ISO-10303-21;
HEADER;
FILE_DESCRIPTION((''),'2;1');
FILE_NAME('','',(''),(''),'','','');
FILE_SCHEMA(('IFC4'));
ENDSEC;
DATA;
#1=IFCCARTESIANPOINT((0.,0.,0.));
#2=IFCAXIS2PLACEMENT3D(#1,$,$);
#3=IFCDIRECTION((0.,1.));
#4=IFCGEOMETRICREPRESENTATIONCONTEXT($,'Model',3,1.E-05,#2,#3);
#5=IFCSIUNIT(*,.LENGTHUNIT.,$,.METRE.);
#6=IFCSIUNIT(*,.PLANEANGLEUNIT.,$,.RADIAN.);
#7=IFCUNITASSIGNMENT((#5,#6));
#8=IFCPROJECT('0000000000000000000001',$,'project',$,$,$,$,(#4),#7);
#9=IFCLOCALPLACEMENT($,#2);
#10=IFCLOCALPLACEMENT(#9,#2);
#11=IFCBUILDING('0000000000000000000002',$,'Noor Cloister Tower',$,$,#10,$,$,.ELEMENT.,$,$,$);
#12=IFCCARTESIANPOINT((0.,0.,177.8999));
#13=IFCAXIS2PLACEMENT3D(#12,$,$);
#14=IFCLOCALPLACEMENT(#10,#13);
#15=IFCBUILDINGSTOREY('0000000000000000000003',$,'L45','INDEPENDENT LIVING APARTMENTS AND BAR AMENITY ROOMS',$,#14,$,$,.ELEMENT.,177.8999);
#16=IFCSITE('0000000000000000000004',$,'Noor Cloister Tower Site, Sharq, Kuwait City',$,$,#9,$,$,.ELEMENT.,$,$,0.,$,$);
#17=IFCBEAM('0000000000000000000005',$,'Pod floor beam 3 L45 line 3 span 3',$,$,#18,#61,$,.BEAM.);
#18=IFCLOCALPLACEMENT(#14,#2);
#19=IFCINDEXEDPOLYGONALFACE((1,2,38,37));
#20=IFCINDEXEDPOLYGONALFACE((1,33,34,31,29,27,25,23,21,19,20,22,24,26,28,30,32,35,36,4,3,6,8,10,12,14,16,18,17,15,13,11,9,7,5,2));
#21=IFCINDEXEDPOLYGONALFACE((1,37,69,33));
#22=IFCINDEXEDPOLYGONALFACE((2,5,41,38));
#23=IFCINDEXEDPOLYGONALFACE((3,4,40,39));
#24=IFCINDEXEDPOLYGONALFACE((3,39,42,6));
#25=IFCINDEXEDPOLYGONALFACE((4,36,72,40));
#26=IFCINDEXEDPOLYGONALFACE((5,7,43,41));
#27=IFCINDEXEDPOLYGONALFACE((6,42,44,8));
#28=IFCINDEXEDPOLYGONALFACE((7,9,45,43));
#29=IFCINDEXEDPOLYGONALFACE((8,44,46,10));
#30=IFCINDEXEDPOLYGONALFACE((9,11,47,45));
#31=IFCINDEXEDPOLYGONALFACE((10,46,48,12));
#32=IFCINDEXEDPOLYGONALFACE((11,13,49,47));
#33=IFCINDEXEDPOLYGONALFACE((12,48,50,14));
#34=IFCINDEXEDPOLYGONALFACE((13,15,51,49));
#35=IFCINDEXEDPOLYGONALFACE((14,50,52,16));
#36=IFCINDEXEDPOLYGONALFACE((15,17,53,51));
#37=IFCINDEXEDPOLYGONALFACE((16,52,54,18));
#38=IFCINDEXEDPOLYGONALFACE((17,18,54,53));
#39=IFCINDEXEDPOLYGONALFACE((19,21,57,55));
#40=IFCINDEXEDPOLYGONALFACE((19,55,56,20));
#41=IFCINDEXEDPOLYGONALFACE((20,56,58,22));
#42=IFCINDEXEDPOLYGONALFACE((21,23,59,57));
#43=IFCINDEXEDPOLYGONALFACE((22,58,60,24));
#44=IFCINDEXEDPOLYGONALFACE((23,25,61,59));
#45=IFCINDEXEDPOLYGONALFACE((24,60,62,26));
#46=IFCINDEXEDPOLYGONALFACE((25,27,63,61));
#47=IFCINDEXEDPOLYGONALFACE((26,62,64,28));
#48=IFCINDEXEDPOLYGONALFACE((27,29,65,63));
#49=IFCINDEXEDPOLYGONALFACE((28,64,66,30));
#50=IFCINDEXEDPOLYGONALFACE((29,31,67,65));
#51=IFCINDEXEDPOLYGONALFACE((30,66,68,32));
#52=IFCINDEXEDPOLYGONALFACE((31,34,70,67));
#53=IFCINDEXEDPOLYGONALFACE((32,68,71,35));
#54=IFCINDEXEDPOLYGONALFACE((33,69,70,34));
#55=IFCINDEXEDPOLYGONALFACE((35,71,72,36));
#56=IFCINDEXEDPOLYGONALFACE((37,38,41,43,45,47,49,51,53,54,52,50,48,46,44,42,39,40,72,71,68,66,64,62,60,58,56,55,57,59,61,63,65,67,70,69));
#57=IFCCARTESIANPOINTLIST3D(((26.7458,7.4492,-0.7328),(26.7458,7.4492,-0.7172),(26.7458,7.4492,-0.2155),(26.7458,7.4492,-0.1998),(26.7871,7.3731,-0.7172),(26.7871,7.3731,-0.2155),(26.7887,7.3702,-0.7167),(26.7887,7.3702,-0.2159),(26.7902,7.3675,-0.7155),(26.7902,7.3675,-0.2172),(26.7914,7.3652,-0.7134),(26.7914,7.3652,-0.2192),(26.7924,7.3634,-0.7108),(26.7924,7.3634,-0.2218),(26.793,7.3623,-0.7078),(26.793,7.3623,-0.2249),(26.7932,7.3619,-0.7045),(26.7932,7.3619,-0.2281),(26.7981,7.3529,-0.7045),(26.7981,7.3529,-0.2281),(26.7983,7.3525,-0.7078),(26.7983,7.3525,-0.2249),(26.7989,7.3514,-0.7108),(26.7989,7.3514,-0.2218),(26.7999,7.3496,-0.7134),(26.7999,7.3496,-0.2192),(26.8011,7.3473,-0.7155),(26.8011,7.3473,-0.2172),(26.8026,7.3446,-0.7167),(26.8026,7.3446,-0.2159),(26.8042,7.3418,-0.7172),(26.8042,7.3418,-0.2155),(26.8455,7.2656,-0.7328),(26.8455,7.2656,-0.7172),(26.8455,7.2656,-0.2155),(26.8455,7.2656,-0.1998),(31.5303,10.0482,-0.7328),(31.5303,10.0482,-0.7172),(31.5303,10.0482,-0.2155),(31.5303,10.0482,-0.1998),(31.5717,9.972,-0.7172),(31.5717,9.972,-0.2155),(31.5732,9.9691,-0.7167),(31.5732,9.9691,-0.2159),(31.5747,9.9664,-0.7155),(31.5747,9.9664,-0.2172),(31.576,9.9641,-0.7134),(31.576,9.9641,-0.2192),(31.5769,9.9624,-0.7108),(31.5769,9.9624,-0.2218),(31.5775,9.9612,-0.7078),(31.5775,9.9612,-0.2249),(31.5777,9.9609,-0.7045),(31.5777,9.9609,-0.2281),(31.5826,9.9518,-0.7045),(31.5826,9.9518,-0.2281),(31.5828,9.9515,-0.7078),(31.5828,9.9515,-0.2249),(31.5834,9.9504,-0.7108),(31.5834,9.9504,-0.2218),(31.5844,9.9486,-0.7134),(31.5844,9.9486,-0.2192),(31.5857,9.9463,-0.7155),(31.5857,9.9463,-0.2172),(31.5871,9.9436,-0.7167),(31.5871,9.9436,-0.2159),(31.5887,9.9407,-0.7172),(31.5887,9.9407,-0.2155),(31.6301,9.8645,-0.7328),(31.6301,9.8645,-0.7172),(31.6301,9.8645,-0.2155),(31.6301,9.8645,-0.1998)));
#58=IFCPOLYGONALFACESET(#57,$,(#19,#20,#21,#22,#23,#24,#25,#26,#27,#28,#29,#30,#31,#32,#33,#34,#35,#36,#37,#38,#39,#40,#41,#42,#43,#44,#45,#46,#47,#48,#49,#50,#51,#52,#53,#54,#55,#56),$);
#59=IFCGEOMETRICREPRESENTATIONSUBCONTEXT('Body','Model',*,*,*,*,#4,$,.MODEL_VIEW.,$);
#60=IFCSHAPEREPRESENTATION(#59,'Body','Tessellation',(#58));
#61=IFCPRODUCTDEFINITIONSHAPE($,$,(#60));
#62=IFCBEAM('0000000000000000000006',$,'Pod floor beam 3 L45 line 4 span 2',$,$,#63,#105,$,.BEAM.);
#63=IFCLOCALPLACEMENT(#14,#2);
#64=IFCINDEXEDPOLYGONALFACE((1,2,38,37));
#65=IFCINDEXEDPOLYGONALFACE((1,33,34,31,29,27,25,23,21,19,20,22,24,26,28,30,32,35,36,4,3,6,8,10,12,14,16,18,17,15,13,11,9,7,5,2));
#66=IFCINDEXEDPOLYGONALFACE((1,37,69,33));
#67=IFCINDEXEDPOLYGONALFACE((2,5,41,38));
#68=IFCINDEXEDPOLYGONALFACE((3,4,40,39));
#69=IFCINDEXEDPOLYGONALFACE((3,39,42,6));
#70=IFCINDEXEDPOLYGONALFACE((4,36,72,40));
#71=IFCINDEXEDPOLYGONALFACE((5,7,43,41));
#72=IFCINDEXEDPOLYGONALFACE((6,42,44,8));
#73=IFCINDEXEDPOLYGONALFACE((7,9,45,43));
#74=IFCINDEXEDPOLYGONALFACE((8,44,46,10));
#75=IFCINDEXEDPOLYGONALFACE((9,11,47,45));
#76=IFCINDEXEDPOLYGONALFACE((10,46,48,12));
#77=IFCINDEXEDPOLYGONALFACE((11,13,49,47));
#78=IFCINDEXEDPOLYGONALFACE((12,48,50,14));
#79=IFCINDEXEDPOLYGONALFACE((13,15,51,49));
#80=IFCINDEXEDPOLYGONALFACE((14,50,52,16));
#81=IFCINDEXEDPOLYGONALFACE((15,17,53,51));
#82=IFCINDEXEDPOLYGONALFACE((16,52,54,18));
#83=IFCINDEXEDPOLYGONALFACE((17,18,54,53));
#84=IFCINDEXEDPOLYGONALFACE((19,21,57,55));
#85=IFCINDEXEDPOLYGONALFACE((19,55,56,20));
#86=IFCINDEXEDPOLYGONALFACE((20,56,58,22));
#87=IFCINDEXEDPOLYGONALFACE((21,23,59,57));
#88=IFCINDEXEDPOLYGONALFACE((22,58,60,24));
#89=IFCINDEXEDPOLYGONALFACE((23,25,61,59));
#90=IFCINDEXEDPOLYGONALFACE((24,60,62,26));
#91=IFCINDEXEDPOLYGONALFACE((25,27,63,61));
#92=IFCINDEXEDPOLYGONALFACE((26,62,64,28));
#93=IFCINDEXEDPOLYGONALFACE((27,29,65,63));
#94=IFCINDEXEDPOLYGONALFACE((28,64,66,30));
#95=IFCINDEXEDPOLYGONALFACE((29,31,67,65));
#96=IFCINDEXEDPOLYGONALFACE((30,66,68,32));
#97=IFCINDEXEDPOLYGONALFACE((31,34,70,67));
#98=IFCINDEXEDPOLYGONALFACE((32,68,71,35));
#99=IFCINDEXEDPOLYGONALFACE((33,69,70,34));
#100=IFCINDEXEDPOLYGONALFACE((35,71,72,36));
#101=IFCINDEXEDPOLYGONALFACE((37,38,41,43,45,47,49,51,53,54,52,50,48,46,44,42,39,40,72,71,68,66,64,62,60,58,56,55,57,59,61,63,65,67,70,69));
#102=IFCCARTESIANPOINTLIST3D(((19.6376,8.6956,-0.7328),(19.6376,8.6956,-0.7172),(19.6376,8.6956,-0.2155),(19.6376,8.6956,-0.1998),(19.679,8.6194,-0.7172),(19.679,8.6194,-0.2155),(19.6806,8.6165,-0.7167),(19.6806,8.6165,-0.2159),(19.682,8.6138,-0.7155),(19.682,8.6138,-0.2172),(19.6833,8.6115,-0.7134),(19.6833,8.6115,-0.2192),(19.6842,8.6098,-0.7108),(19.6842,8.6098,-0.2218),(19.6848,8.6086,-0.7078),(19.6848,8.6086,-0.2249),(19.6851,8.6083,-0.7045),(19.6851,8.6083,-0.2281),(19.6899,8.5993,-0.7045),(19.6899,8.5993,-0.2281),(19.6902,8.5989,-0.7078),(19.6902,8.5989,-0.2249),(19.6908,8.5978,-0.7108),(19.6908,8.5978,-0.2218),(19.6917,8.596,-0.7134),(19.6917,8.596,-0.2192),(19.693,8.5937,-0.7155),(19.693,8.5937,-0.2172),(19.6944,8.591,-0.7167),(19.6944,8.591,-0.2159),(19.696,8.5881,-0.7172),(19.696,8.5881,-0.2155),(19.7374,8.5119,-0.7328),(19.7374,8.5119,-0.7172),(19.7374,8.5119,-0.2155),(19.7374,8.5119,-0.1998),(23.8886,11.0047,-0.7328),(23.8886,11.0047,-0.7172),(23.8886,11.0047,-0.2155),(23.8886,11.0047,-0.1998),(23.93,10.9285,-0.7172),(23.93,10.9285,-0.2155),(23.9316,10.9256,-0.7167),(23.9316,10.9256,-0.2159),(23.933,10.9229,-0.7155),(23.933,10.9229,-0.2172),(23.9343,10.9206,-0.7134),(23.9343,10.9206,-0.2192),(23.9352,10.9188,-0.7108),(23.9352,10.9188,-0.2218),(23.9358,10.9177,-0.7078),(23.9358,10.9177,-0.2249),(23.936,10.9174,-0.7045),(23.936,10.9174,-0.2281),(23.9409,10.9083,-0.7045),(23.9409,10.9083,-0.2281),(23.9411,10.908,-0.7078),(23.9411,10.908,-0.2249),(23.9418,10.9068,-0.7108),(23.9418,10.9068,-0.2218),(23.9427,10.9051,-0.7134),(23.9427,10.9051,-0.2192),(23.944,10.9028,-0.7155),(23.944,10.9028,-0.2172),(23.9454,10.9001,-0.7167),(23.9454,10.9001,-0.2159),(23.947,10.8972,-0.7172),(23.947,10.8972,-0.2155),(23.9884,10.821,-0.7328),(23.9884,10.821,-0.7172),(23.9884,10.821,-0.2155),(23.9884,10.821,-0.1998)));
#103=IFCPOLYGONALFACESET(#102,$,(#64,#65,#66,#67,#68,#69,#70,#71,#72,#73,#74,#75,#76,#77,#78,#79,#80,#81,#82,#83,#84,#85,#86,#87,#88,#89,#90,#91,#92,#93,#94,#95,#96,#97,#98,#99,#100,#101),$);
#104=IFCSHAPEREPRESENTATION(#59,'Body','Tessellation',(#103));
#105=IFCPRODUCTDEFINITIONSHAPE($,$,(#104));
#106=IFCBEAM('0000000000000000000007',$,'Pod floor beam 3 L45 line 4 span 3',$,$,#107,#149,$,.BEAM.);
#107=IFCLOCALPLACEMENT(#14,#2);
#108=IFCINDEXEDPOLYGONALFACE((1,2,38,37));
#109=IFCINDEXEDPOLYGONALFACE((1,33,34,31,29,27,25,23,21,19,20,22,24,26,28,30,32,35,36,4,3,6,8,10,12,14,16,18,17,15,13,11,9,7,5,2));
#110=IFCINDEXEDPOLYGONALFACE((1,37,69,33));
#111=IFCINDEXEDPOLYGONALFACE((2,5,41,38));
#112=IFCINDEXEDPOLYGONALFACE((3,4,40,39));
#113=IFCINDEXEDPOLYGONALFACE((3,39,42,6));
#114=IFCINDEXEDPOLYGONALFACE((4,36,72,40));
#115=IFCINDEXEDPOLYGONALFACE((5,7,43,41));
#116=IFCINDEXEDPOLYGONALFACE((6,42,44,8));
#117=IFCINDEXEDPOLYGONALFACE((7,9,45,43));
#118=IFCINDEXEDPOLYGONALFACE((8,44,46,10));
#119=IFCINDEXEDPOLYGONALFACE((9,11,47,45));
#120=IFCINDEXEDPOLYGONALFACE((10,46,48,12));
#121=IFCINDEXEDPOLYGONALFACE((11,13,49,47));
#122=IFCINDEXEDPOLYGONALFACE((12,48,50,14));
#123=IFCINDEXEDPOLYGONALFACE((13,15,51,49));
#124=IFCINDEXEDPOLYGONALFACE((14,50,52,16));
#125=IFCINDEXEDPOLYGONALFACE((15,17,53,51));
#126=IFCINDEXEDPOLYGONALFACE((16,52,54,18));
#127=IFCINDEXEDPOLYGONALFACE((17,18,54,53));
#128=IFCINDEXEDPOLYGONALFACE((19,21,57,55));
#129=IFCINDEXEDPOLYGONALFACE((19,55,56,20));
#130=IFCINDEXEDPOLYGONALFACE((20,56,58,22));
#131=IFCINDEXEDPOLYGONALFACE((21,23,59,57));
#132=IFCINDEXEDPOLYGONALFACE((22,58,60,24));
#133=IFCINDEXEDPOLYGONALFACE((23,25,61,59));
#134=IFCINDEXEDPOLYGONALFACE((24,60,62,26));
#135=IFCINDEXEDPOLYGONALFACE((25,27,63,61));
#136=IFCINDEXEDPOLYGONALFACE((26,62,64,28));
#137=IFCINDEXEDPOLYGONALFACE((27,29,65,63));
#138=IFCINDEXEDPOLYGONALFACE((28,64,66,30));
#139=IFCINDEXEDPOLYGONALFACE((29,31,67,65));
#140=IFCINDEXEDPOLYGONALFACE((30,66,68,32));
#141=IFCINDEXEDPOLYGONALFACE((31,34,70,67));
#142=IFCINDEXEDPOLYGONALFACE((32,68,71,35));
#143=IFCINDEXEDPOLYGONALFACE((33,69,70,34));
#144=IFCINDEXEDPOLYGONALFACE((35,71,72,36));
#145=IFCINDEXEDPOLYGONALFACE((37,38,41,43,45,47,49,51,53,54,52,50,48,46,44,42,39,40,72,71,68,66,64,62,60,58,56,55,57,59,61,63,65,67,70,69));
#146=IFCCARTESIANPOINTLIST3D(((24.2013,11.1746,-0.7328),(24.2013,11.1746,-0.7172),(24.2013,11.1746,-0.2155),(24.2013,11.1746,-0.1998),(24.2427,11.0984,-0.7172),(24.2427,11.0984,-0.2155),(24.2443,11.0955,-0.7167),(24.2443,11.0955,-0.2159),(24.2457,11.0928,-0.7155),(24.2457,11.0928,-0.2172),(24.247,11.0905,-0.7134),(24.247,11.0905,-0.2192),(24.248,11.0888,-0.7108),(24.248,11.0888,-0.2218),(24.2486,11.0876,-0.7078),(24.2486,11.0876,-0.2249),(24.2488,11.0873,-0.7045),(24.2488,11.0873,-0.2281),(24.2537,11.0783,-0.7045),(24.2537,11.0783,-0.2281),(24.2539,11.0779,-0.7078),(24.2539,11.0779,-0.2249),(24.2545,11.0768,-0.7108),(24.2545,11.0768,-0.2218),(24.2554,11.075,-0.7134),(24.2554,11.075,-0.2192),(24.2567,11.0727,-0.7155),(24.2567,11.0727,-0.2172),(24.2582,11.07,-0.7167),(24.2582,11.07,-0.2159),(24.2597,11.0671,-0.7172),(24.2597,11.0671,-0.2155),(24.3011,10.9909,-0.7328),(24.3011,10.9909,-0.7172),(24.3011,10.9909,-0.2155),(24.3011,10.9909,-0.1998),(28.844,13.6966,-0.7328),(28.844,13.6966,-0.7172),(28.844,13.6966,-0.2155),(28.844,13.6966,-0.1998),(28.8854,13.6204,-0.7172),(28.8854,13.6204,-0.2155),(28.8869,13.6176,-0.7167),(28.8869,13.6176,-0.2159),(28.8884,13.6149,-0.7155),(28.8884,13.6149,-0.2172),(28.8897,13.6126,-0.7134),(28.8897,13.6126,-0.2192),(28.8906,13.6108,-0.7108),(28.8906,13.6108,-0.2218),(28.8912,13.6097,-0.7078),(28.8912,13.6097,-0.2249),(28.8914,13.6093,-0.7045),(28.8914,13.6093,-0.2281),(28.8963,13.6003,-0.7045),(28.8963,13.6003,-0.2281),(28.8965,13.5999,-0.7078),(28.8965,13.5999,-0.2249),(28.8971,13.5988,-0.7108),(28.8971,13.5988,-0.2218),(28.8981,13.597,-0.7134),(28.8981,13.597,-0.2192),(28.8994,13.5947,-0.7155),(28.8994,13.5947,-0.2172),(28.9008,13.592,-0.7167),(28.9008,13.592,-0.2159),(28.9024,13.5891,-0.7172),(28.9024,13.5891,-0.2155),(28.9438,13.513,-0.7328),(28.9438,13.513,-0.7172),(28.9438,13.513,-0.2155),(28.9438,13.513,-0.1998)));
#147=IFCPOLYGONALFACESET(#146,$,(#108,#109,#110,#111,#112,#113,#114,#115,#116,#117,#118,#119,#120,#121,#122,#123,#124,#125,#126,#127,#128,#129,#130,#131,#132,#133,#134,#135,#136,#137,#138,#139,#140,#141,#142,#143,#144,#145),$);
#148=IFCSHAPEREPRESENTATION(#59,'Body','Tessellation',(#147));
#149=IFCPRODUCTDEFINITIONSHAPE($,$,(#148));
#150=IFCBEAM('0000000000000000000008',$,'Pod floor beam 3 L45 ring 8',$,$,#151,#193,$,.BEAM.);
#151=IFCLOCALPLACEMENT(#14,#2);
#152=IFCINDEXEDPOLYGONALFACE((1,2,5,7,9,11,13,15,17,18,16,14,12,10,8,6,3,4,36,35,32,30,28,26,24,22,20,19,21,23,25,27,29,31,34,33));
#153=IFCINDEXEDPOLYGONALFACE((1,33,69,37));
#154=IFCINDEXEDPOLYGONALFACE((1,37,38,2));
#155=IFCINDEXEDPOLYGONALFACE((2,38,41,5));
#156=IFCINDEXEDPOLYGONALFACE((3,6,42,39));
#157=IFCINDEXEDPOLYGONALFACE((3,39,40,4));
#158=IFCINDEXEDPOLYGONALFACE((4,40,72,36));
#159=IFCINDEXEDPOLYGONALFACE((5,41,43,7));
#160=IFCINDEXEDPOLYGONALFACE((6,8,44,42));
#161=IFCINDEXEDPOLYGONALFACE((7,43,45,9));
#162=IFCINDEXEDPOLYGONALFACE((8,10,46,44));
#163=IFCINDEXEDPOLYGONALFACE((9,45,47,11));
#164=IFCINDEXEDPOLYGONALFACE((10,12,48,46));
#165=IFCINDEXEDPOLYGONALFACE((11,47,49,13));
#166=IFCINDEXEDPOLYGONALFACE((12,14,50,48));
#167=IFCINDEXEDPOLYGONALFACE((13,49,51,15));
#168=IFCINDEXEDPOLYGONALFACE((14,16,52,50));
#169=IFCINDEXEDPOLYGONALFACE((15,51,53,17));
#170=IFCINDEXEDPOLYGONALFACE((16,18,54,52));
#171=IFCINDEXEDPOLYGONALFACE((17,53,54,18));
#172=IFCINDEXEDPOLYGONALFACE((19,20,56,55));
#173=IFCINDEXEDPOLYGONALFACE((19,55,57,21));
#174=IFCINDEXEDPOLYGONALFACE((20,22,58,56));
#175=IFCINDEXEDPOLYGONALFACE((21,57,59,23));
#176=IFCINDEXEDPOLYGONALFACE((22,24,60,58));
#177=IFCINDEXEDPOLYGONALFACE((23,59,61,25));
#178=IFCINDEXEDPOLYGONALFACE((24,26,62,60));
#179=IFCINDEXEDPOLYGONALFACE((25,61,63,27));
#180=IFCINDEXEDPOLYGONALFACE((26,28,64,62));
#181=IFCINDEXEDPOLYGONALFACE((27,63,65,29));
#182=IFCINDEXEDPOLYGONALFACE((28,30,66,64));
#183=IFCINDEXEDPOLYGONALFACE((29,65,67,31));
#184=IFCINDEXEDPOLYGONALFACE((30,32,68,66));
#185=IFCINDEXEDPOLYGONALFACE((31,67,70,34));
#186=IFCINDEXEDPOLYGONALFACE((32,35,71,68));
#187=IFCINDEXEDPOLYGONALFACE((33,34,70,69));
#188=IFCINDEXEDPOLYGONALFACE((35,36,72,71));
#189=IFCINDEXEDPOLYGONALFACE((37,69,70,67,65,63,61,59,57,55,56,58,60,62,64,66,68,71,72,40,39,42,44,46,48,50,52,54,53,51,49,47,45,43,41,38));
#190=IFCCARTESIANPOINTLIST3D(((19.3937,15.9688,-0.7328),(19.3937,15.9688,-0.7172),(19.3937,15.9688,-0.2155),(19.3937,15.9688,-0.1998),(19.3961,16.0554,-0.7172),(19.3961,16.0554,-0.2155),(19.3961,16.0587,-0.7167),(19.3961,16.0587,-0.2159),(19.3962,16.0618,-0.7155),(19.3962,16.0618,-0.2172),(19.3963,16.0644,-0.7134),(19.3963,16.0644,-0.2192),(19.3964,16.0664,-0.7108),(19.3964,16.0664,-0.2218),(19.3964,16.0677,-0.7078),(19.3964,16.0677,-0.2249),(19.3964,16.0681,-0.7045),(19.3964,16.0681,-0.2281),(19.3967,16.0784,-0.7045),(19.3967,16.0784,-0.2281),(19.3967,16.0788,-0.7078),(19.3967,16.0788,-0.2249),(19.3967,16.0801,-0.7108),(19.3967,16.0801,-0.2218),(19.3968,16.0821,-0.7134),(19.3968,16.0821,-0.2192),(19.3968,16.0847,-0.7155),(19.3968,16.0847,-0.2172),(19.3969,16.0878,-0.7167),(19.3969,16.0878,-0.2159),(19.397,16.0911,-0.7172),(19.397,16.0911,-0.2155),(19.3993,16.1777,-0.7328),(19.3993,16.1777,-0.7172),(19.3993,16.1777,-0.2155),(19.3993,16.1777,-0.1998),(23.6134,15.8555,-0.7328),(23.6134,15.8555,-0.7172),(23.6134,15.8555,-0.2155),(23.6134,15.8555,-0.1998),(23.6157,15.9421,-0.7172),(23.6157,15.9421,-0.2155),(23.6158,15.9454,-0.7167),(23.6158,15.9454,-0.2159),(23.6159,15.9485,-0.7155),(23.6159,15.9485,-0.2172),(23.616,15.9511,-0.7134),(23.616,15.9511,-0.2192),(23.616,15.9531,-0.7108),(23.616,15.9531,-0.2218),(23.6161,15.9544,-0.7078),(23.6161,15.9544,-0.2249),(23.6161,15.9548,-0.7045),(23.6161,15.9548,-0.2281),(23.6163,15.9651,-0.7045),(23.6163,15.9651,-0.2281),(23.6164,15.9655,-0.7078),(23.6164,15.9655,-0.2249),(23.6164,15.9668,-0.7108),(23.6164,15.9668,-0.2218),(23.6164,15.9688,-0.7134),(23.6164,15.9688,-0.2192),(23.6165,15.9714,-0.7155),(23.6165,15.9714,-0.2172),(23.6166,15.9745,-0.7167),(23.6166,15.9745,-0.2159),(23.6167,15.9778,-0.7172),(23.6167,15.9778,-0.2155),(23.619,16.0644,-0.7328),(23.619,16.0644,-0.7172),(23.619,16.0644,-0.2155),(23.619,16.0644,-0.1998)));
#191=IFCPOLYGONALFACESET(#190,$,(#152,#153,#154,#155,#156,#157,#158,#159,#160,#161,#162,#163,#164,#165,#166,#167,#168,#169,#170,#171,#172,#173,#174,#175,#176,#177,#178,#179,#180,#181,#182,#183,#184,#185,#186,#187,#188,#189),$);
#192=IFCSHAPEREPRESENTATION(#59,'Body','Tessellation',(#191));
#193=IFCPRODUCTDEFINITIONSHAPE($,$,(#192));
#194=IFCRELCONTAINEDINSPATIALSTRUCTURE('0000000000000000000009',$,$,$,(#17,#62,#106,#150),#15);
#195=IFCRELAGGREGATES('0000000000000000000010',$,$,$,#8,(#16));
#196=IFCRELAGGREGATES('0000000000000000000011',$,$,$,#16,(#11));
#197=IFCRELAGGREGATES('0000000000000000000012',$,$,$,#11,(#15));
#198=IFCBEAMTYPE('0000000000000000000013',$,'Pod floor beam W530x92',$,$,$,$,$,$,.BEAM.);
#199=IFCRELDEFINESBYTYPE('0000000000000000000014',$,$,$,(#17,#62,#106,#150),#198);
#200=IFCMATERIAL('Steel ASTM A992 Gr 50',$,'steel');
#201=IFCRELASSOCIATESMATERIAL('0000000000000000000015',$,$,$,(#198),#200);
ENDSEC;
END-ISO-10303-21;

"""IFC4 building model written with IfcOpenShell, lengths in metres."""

from ifc_helpers import new_model, si_unit, direction, frame, origin, origin_2d, place, context, subcontext, project, spatial, i_section, extrude, material, material_profile, profile_set, type_object, element, save


model = new_model("IFC4")

# Units and contexts
model_context = context("Model", 3, precision=1e-05, world=origin(), true_north=direction((0.0, 1.0)))
body_context = subcontext(model_context, "Body", "Model", "MODEL_VIEW")
ifc_project = project(units=[si_unit("LENGTHUNIT", "METRE"), si_unit("PLANEANGLEUNIT", "RADIAN")], contexts=[model_context])

# Site, building, storey
site_placement = place(None, origin())
site = spatial("IfcSite", under=ifc_project, at=site_placement, Name="Noor Cloister Tower Site, Sharq, Kuwait City", CompositionType="ELEMENT", RefElevation=0.0)
building_placement = place(site_placement, origin())
building = spatial("IfcBuilding", under=site, at=building_placement, Name="Noor Cloister Tower", CompositionType="ELEMENT")
storey_placement = place(building_placement, frame((0.0, 0.0, 177.8999)))
storey = spatial("IfcBuildingStorey", under=building, at=storey_placement, Name="L45", Description="INDEPENDENT LIVING APARTMENTS AND BAR AMENITY ROOMS", CompositionType="ELEMENT", Elevation=177.8999)

# Beams
ifc_material_1 = material(Name="Steel ASTM A992 Gr 50", Category="steel")
ifc_material_profile_1 = material_profile(ifc_material_1, i_section(OverallWidth=0.209, OverallDepth=0.533, WebThickness=0.0103, FlangeThickness=0.0156, FilletRadius=0.0127, at=origin_2d()), Name="W530x92")
ifc_profile_set_1 = profile_set([ifc_material_profile_1], Name="Steel ASTM A992 Gr 50")
beam_type = type_object("IfcBeamType", Name="Pod floor beam W530x92", PredefinedType="BEAM", material=ifc_profile_set_1)
beam_1_placement = place(storey_placement, frame((26.7957, 7.3574, -0.4663), z_axis=(0.878729, 0.477321, 0.0), x_axis=(-0.477321, 0.878729, 0.0)))
element("IfcBeam", 1, at=beam_1_placement, inside=storey, type_object=beam_type, Name="Pod floor beam 3 L45 line 3 span 3", PredefinedType="BEAM", context=body_context, shape_type="SweptSolid", body=[
    extrude(i_section(OverallWidth=0.209, OverallDepth=0.533, WebThickness=0.0103, FlangeThickness=0.0156, FilletRadius=0.0127, at=origin_2d()), origin(), (0.0, 0.0, 1.0), 5.4448),
])
beam_2_placement = place(storey_placement, frame((19.6875, 8.6038, -0.4663), z_axis=(0.878731, 0.477317, 0.0), x_axis=(-0.477317, 0.878731, 0.0)))
element("IfcBeam", 2, at=beam_2_placement, inside=storey, type_object=beam_type, Name="Pod floor beam 3 L45 line 4 span 2", PredefinedType="BEAM", context=body_context, shape_type="SweptSolid", body=[
    extrude(i_section(OverallWidth=0.209, OverallDepth=0.533, WebThickness=0.0103, FlangeThickness=0.0156, FilletRadius=0.0127, at=origin_2d()), origin(), (0.0, 0.0, 1.0), 4.8376),
])
beam_3_placement = place(storey_placement, frame((24.2512, 11.0828, -0.4663), z_axis=(0.878717, 0.477343, 0.0), x_axis=(-0.477343, 0.878717, 0.0)))
element("IfcBeam", 3, at=beam_3_placement, inside=storey, type_object=beam_type, Name="Pod floor beam 3 L45 line 4 span 3", PredefinedType="BEAM", context=body_context, shape_type="SweptSolid", body=[
    extrude(i_section(OverallWidth=0.209, OverallDepth=0.533, WebThickness=0.0103, FlangeThickness=0.0156, FilletRadius=0.0127, at=origin_2d()), origin(), (0.0, 0.0, 1.0), 5.2834),
])
beam_4_placement = place(storey_placement, frame((23.6162, 15.96, -0.4663), z_axis=(-0.99964, 0.026836, 0.0), x_axis=(-0.026836, -0.99964, 0.0)))
element("IfcBeam", 4, at=beam_4_placement, inside=storey, type_object=beam_type, Name="Pod floor beam 3 L45 ring 8", PredefinedType="BEAM", context=body_context, shape_type="SweptSolid", body=[
    extrude(i_section(OverallWidth=0.209, OverallDepth=0.533, WebThickness=0.0103, FlangeThickness=0.0156, FilletRadius=0.0127, at=origin_2d()), origin(), (0.0, 0.0, 1.0), 4.2212),
])

save(model, "model.ifc")
